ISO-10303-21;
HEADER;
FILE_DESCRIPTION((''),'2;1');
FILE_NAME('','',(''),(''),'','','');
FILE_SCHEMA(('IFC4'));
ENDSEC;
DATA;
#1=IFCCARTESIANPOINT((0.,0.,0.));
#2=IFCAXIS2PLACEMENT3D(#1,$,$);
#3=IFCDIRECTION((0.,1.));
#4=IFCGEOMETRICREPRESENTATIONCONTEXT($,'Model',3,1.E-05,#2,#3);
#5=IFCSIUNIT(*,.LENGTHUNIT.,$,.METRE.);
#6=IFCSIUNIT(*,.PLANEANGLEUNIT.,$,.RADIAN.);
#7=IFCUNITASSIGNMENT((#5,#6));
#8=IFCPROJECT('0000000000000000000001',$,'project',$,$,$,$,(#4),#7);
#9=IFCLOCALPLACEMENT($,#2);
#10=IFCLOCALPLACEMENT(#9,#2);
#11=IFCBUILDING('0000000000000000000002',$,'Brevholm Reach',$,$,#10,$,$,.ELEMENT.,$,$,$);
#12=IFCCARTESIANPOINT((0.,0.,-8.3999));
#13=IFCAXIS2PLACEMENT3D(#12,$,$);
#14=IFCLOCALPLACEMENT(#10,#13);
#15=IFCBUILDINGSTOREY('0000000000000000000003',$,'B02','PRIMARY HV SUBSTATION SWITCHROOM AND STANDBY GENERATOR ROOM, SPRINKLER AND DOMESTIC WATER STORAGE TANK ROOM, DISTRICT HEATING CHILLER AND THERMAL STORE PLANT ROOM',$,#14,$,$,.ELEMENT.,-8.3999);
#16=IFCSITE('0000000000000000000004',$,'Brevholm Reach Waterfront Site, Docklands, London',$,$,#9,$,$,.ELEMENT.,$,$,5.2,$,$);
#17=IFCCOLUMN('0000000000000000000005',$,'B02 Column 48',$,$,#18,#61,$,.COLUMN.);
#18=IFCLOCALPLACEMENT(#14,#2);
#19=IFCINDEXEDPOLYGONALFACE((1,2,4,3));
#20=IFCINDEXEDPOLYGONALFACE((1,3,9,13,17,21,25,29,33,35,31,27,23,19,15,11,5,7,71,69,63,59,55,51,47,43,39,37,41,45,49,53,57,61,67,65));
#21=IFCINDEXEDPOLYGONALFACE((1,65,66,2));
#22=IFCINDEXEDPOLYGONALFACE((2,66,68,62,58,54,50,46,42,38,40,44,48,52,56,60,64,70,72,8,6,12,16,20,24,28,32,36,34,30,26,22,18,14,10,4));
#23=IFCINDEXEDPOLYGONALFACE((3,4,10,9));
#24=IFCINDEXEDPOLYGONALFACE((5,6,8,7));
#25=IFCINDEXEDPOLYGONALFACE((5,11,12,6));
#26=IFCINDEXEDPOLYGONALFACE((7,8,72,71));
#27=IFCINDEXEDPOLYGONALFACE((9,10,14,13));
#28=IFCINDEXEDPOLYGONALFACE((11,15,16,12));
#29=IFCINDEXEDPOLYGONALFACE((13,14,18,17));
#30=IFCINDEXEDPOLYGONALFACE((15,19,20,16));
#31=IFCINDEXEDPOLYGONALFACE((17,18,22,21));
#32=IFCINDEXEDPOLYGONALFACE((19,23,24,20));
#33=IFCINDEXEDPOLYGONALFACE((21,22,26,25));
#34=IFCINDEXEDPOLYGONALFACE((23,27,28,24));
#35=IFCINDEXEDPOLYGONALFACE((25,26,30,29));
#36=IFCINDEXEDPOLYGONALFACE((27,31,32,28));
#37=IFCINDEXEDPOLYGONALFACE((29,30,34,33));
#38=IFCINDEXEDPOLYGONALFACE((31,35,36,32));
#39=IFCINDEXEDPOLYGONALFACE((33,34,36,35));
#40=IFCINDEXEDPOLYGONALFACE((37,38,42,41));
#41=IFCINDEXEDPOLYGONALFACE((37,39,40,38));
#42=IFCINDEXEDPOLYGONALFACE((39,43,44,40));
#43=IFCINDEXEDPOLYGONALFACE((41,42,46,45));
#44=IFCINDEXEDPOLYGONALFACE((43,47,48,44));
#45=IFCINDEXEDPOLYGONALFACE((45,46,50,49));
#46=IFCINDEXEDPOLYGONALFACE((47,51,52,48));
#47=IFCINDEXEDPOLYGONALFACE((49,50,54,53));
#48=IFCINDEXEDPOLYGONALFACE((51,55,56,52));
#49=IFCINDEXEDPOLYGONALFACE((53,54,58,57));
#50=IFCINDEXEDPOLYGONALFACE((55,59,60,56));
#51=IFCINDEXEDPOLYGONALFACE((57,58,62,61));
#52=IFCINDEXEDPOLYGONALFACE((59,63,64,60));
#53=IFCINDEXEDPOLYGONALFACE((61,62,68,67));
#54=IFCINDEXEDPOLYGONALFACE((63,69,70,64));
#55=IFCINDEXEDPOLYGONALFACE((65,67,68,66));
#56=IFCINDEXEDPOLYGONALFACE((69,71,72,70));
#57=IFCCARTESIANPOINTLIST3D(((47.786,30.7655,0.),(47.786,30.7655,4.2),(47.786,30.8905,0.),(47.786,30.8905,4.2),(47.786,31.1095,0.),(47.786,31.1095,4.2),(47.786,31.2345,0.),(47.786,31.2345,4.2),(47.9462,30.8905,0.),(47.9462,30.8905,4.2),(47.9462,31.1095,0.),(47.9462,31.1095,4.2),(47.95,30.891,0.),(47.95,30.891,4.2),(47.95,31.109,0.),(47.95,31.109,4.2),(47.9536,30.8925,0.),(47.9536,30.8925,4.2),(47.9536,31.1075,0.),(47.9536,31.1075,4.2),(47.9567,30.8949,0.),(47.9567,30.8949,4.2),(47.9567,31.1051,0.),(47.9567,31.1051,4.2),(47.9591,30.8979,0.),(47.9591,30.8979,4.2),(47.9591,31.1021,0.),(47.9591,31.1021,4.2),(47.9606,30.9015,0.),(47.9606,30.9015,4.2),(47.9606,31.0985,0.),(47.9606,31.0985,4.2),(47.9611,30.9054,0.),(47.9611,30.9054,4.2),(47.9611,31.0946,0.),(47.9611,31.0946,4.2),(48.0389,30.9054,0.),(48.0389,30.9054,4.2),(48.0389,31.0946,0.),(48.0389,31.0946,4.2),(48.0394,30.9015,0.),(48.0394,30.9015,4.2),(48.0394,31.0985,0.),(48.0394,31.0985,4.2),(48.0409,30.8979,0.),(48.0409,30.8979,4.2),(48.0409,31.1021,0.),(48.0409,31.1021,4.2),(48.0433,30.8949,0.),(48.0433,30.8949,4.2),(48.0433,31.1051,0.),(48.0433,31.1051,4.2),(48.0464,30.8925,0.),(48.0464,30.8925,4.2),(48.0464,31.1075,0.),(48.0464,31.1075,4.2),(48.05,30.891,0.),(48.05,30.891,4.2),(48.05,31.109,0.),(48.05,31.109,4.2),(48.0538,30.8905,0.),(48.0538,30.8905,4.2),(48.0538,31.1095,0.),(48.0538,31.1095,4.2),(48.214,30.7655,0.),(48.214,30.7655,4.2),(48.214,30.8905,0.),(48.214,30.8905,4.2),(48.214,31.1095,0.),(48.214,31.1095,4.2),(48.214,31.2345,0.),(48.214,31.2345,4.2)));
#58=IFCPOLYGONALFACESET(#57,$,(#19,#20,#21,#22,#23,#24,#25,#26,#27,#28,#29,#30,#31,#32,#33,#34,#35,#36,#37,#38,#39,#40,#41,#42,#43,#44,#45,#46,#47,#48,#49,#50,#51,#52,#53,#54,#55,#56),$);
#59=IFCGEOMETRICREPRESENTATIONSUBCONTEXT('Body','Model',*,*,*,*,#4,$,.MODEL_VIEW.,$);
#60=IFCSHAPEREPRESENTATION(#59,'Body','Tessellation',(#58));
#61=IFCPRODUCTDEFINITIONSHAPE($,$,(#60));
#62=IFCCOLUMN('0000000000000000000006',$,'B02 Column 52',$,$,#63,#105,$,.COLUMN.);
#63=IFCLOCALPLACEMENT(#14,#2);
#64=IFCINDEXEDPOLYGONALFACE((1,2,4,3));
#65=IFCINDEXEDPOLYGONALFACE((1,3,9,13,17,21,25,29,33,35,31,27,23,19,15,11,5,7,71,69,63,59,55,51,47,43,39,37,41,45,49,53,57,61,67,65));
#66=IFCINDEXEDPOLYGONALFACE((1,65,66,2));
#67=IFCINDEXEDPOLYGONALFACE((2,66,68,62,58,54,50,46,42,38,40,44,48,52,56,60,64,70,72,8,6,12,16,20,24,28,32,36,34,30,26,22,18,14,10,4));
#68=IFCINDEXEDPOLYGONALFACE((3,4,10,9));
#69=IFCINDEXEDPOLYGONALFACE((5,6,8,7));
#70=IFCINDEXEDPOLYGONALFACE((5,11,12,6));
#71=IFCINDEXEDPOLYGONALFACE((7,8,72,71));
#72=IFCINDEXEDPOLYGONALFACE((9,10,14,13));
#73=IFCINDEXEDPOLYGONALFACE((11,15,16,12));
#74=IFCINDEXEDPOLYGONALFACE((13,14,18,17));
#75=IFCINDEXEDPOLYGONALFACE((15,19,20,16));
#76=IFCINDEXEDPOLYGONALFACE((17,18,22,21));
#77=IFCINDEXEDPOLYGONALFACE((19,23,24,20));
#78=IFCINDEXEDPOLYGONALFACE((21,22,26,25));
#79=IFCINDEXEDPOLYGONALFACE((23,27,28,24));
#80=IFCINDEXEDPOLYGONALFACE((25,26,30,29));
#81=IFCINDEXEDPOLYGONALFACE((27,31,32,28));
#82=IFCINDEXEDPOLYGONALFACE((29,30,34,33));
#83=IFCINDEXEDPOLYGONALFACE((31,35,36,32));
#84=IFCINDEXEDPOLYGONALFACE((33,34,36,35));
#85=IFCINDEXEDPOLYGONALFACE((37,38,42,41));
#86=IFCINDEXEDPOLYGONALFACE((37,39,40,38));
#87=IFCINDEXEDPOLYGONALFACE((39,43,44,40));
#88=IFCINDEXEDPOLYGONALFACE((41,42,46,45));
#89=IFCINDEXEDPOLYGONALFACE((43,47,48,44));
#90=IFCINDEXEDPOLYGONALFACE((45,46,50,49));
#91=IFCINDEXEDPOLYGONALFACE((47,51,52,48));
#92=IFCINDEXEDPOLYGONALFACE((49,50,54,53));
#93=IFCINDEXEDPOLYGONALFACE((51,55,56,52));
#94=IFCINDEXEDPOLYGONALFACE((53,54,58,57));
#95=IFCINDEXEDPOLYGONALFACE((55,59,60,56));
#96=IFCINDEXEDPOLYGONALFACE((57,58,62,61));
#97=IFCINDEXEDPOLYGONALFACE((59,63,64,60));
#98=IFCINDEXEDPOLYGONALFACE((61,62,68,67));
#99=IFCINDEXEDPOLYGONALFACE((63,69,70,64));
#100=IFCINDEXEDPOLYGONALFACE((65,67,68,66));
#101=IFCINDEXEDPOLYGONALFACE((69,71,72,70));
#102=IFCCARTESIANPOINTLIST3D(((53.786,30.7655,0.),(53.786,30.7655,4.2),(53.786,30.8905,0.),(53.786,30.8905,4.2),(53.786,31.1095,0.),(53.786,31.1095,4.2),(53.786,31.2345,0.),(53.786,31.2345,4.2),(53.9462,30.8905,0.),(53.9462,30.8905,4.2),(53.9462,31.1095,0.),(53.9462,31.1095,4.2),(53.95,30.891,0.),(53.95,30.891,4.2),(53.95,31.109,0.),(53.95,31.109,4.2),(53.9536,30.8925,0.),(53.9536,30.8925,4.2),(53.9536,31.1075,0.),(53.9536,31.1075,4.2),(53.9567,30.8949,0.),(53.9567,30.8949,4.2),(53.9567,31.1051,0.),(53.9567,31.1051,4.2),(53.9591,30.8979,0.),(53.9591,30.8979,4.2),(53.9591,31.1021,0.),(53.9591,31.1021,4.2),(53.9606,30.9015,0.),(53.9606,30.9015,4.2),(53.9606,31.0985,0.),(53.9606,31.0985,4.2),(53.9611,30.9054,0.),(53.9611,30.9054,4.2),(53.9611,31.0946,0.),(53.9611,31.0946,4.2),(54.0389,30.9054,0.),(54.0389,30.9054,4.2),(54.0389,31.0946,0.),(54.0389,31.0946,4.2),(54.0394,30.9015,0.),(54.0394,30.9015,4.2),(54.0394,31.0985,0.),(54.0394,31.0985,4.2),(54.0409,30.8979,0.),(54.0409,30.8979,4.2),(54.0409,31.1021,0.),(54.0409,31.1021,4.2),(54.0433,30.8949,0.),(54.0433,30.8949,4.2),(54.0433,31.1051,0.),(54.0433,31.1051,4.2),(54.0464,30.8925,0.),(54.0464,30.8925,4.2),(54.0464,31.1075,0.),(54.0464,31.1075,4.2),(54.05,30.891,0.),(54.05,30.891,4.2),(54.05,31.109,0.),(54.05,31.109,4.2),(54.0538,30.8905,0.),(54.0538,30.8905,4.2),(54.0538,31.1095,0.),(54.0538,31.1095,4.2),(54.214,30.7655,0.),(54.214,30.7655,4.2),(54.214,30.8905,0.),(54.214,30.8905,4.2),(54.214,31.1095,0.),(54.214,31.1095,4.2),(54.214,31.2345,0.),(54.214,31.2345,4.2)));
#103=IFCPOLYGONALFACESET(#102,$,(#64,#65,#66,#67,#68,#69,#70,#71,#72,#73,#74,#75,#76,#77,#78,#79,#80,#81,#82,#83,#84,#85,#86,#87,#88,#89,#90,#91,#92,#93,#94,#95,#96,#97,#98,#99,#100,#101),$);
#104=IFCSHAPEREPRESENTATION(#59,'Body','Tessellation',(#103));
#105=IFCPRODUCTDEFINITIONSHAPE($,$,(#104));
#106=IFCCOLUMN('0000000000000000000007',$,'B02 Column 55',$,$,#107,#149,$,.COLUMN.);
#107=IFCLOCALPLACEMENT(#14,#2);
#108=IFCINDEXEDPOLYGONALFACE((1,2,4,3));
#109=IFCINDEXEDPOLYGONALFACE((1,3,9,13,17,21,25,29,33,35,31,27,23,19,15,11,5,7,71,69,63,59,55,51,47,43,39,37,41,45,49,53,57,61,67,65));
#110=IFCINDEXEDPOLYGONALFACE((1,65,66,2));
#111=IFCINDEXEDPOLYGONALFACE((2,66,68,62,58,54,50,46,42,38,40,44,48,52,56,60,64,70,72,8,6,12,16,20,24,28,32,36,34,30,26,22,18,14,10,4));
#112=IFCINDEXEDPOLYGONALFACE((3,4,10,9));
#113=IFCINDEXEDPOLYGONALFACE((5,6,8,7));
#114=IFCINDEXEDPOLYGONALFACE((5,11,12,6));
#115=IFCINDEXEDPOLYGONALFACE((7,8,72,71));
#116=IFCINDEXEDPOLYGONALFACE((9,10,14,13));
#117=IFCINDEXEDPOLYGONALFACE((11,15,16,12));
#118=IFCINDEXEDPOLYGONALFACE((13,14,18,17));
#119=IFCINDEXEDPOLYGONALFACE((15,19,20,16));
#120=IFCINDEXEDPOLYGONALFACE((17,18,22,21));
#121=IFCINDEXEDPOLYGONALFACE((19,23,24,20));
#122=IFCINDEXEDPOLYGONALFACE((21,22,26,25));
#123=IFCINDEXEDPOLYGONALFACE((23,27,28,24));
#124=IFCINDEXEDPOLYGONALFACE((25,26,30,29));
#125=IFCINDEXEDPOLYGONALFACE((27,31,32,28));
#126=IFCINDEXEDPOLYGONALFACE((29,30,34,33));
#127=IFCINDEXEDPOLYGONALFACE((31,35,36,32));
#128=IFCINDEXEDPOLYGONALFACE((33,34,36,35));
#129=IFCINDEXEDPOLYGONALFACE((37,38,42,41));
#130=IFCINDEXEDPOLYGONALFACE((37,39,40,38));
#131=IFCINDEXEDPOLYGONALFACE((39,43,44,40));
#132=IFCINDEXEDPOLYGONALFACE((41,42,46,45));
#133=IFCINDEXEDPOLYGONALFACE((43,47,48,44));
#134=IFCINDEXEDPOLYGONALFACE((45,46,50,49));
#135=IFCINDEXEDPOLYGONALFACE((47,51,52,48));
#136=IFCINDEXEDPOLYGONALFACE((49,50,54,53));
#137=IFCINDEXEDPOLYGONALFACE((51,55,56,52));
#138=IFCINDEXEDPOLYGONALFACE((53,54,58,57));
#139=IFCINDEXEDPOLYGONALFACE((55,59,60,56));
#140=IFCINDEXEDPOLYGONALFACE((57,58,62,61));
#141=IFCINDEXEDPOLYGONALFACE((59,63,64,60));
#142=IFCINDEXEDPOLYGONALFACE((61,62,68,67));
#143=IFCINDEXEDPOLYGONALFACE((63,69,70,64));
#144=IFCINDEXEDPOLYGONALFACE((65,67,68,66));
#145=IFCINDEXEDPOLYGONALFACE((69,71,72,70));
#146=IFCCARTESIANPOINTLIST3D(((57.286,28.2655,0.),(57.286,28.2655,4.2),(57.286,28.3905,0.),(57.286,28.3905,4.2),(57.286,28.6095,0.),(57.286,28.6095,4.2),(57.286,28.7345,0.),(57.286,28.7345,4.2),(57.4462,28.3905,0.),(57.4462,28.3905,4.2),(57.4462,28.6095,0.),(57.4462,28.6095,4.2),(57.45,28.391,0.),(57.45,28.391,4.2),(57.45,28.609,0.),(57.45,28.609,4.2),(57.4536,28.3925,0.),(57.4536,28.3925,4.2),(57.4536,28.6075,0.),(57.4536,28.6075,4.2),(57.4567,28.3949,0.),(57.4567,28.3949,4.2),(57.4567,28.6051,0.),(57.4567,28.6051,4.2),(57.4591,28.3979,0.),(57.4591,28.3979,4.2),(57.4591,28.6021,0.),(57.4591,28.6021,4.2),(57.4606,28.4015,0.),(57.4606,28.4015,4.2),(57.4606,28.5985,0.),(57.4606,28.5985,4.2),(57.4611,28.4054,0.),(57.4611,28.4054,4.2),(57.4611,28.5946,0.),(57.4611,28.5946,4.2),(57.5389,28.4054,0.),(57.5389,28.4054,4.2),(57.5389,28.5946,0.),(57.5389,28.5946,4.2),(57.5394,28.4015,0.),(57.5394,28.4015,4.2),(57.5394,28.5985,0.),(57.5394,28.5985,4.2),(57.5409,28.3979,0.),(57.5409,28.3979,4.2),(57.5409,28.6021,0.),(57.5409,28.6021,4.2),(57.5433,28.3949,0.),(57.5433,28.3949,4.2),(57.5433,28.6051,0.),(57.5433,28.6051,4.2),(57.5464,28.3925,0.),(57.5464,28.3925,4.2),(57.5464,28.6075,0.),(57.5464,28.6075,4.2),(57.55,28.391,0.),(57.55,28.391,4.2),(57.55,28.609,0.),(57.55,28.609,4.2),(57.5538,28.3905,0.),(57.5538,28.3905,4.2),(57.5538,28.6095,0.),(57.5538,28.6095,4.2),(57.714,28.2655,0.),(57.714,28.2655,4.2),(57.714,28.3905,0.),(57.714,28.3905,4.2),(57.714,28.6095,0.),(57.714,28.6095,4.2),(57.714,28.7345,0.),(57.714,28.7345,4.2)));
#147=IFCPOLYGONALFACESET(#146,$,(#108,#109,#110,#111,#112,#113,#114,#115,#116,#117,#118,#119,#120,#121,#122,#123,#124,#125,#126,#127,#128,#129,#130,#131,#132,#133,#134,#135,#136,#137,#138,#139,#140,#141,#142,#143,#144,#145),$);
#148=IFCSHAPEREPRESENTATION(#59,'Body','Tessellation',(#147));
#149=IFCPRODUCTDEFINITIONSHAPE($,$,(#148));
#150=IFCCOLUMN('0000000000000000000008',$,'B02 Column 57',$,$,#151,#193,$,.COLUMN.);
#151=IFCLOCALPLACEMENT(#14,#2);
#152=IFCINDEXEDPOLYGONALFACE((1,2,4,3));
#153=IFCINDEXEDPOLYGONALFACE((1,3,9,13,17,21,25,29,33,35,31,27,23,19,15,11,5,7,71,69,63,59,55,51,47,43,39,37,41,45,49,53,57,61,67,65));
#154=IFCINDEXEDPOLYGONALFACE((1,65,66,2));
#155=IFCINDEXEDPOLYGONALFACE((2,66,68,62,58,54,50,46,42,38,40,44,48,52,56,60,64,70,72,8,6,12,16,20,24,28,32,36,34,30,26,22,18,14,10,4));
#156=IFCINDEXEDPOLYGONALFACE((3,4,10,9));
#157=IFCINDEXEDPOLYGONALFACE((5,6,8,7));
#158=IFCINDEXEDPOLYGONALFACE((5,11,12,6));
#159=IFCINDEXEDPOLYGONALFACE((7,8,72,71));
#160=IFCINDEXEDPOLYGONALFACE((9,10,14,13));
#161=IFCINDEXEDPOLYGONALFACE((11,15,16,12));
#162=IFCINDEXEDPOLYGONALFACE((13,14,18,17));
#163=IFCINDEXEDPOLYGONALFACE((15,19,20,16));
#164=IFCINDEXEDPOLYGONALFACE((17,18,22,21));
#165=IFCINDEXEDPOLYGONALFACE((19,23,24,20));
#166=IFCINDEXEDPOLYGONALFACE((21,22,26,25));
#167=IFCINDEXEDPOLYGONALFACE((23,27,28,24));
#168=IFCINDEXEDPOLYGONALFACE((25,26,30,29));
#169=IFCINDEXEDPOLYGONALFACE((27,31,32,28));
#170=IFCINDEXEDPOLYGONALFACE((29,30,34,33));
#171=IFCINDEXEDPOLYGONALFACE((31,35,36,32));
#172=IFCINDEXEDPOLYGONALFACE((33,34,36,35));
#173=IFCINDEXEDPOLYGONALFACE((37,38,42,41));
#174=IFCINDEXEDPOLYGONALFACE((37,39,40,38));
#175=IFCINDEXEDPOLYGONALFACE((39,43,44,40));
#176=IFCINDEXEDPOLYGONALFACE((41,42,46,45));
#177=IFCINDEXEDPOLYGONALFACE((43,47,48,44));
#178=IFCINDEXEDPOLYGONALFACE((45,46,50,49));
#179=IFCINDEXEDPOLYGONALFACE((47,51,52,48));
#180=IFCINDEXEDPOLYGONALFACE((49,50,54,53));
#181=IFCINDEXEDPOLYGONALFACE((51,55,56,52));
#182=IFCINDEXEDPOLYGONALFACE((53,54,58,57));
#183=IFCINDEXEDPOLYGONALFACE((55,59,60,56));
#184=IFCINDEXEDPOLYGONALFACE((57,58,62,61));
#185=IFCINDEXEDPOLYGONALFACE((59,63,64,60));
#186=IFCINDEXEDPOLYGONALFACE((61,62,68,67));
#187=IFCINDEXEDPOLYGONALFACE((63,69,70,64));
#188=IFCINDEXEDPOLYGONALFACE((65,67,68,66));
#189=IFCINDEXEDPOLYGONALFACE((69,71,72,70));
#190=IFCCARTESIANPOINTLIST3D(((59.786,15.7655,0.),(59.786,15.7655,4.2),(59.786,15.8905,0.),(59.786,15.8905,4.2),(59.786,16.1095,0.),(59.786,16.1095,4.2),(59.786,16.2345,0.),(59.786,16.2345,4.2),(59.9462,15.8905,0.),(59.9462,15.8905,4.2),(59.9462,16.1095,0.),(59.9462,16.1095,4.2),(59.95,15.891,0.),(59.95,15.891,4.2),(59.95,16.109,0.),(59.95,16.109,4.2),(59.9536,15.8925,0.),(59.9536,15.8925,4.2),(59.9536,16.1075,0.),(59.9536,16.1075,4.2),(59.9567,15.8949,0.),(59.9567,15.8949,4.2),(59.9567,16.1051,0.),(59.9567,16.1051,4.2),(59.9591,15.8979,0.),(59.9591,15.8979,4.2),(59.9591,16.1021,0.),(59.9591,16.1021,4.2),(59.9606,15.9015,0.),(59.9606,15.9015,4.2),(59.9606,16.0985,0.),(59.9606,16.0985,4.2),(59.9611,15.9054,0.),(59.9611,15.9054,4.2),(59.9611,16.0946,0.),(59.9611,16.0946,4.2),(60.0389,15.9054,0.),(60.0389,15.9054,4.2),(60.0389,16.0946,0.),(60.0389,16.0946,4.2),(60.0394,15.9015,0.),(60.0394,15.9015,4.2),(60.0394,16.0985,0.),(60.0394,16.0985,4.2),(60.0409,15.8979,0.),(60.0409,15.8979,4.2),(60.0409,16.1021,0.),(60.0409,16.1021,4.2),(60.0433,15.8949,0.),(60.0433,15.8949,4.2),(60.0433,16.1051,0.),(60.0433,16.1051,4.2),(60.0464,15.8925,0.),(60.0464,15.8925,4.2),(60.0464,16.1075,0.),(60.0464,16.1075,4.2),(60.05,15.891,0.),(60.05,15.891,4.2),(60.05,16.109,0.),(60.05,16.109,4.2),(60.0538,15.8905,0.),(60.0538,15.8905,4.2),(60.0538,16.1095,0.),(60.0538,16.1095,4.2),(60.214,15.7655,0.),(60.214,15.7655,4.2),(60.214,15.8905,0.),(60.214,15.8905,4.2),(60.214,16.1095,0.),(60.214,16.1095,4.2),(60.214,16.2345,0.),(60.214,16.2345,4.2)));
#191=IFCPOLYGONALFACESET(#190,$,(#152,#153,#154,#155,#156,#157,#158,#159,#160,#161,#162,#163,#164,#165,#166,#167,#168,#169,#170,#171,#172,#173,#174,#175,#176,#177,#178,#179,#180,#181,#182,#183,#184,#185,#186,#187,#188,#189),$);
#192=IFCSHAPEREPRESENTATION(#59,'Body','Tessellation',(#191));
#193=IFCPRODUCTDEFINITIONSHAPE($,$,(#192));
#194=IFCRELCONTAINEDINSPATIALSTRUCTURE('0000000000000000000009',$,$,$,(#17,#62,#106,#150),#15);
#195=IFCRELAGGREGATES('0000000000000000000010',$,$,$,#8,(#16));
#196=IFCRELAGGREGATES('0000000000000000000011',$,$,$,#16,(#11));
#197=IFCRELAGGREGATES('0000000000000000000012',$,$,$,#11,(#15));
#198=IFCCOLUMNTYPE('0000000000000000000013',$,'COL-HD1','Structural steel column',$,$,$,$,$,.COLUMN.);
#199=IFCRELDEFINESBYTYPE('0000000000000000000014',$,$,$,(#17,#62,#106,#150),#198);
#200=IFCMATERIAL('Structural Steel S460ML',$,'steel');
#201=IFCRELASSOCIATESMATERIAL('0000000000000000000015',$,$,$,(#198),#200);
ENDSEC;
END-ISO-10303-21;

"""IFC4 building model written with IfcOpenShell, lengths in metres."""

from ifc_helpers import new_model, si_unit, direction, frame, origin, origin_2d, place, context, subcontext, project, spatial, i_section, extrude, material, material_profile, profile_set, type_object, element, save


model = new_model("IFC4")

# Units and contexts
model_context = context("Model", 3, precision=1e-05, world=origin(), true_north=direction((0.0, 1.0)))
body_context = subcontext(model_context, "Body", "Model", "MODEL_VIEW")
ifc_project = project(units=[si_unit("LENGTHUNIT", "METRE"), si_unit("PLANEANGLEUNIT", "RADIAN")], contexts=[model_context])

# Site, building, storey
site_placement = place(None, origin())
site = spatial("IfcSite", under=ifc_project, at=site_placement, Name="Brevholm Reach Waterfront Site, Docklands, London", CompositionType="ELEMENT", RefElevation=5.2)
building_placement = place(site_placement, origin())
building = spatial("IfcBuilding", under=site, at=building_placement, Name="Brevholm Reach", CompositionType="ELEMENT")
storey_placement = place(building_placement, frame((0.0, 0.0, -8.3999)))
storey = spatial("IfcBuildingStorey", under=building, at=storey_placement, Name="B02", Description="PRIMARY HV SUBSTATION SWITCHROOM AND STANDBY GENERATOR ROOM, SPRINKLER AND DOMESTIC WATER STORAGE TANK ROOM, DISTRICT HEATING CHILLER AND THERMAL STORE PLANT ROOM", CompositionType="ELEMENT", Elevation=-8.3999)

# Columns
ifc_material_1 = material(Name="Structural Steel S460ML", Category="steel")
ifc_material_profile_1 = material_profile(ifc_material_1, i_section(OverallWidth=0.428, OverallDepth=0.469, WebThickness=0.0779, FlangeThickness=0.125, FilletRadius=0.0149, at=origin_2d()), Name="HD 400x1086")
ifc_profile_set_1 = profile_set([ifc_material_profile_1], Name="Structural Steel S460ML")
column_type = type_object("IfcColumnType", Name="COL-HD1", Description="Structural steel column", PredefinedType="COLUMN", material=ifc_profile_set_1)
for number, where, z_axis, x_axis, name in (
    (1, (48.0, 31.0, 0.0), (0.0, 0.0, 1.0), (1.0, 0.0, 0.0), "B02 Column 48"),
    (2, (54.0, 31.0, 0.0), (0.0, 0.0, 1.0), (1.0, 0.0, 0.0), "B02 Column 52"),
    (3, (57.5, 28.5, 0.0), (0.0, 0.0, 1.0), (1.0, 0.0, 0.0), "B02 Column 55"),
    (4, (60.0, 16.0, 0.0), (0.0, 0.0, 1.0), (1.0, 0.0, 0.0), "B02 Column 57"),
):
    element("IfcColumn", number, at=place(storey_placement, frame(where, z_axis=z_axis, x_axis=x_axis)), inside=storey, type_object=column_type, Name=name, PredefinedType="COLUMN", context=body_context, shape_type="SweptSolid", body=[
        extrude(i_section(OverallWidth=0.428, OverallDepth=0.469, WebThickness=0.0779, FlangeThickness=0.125, FilletRadius=0.0149, at=origin_2d()), origin(), (0.0, 0.0, 1.0), 4.2),
    ])

save(model, "model.ifc")
